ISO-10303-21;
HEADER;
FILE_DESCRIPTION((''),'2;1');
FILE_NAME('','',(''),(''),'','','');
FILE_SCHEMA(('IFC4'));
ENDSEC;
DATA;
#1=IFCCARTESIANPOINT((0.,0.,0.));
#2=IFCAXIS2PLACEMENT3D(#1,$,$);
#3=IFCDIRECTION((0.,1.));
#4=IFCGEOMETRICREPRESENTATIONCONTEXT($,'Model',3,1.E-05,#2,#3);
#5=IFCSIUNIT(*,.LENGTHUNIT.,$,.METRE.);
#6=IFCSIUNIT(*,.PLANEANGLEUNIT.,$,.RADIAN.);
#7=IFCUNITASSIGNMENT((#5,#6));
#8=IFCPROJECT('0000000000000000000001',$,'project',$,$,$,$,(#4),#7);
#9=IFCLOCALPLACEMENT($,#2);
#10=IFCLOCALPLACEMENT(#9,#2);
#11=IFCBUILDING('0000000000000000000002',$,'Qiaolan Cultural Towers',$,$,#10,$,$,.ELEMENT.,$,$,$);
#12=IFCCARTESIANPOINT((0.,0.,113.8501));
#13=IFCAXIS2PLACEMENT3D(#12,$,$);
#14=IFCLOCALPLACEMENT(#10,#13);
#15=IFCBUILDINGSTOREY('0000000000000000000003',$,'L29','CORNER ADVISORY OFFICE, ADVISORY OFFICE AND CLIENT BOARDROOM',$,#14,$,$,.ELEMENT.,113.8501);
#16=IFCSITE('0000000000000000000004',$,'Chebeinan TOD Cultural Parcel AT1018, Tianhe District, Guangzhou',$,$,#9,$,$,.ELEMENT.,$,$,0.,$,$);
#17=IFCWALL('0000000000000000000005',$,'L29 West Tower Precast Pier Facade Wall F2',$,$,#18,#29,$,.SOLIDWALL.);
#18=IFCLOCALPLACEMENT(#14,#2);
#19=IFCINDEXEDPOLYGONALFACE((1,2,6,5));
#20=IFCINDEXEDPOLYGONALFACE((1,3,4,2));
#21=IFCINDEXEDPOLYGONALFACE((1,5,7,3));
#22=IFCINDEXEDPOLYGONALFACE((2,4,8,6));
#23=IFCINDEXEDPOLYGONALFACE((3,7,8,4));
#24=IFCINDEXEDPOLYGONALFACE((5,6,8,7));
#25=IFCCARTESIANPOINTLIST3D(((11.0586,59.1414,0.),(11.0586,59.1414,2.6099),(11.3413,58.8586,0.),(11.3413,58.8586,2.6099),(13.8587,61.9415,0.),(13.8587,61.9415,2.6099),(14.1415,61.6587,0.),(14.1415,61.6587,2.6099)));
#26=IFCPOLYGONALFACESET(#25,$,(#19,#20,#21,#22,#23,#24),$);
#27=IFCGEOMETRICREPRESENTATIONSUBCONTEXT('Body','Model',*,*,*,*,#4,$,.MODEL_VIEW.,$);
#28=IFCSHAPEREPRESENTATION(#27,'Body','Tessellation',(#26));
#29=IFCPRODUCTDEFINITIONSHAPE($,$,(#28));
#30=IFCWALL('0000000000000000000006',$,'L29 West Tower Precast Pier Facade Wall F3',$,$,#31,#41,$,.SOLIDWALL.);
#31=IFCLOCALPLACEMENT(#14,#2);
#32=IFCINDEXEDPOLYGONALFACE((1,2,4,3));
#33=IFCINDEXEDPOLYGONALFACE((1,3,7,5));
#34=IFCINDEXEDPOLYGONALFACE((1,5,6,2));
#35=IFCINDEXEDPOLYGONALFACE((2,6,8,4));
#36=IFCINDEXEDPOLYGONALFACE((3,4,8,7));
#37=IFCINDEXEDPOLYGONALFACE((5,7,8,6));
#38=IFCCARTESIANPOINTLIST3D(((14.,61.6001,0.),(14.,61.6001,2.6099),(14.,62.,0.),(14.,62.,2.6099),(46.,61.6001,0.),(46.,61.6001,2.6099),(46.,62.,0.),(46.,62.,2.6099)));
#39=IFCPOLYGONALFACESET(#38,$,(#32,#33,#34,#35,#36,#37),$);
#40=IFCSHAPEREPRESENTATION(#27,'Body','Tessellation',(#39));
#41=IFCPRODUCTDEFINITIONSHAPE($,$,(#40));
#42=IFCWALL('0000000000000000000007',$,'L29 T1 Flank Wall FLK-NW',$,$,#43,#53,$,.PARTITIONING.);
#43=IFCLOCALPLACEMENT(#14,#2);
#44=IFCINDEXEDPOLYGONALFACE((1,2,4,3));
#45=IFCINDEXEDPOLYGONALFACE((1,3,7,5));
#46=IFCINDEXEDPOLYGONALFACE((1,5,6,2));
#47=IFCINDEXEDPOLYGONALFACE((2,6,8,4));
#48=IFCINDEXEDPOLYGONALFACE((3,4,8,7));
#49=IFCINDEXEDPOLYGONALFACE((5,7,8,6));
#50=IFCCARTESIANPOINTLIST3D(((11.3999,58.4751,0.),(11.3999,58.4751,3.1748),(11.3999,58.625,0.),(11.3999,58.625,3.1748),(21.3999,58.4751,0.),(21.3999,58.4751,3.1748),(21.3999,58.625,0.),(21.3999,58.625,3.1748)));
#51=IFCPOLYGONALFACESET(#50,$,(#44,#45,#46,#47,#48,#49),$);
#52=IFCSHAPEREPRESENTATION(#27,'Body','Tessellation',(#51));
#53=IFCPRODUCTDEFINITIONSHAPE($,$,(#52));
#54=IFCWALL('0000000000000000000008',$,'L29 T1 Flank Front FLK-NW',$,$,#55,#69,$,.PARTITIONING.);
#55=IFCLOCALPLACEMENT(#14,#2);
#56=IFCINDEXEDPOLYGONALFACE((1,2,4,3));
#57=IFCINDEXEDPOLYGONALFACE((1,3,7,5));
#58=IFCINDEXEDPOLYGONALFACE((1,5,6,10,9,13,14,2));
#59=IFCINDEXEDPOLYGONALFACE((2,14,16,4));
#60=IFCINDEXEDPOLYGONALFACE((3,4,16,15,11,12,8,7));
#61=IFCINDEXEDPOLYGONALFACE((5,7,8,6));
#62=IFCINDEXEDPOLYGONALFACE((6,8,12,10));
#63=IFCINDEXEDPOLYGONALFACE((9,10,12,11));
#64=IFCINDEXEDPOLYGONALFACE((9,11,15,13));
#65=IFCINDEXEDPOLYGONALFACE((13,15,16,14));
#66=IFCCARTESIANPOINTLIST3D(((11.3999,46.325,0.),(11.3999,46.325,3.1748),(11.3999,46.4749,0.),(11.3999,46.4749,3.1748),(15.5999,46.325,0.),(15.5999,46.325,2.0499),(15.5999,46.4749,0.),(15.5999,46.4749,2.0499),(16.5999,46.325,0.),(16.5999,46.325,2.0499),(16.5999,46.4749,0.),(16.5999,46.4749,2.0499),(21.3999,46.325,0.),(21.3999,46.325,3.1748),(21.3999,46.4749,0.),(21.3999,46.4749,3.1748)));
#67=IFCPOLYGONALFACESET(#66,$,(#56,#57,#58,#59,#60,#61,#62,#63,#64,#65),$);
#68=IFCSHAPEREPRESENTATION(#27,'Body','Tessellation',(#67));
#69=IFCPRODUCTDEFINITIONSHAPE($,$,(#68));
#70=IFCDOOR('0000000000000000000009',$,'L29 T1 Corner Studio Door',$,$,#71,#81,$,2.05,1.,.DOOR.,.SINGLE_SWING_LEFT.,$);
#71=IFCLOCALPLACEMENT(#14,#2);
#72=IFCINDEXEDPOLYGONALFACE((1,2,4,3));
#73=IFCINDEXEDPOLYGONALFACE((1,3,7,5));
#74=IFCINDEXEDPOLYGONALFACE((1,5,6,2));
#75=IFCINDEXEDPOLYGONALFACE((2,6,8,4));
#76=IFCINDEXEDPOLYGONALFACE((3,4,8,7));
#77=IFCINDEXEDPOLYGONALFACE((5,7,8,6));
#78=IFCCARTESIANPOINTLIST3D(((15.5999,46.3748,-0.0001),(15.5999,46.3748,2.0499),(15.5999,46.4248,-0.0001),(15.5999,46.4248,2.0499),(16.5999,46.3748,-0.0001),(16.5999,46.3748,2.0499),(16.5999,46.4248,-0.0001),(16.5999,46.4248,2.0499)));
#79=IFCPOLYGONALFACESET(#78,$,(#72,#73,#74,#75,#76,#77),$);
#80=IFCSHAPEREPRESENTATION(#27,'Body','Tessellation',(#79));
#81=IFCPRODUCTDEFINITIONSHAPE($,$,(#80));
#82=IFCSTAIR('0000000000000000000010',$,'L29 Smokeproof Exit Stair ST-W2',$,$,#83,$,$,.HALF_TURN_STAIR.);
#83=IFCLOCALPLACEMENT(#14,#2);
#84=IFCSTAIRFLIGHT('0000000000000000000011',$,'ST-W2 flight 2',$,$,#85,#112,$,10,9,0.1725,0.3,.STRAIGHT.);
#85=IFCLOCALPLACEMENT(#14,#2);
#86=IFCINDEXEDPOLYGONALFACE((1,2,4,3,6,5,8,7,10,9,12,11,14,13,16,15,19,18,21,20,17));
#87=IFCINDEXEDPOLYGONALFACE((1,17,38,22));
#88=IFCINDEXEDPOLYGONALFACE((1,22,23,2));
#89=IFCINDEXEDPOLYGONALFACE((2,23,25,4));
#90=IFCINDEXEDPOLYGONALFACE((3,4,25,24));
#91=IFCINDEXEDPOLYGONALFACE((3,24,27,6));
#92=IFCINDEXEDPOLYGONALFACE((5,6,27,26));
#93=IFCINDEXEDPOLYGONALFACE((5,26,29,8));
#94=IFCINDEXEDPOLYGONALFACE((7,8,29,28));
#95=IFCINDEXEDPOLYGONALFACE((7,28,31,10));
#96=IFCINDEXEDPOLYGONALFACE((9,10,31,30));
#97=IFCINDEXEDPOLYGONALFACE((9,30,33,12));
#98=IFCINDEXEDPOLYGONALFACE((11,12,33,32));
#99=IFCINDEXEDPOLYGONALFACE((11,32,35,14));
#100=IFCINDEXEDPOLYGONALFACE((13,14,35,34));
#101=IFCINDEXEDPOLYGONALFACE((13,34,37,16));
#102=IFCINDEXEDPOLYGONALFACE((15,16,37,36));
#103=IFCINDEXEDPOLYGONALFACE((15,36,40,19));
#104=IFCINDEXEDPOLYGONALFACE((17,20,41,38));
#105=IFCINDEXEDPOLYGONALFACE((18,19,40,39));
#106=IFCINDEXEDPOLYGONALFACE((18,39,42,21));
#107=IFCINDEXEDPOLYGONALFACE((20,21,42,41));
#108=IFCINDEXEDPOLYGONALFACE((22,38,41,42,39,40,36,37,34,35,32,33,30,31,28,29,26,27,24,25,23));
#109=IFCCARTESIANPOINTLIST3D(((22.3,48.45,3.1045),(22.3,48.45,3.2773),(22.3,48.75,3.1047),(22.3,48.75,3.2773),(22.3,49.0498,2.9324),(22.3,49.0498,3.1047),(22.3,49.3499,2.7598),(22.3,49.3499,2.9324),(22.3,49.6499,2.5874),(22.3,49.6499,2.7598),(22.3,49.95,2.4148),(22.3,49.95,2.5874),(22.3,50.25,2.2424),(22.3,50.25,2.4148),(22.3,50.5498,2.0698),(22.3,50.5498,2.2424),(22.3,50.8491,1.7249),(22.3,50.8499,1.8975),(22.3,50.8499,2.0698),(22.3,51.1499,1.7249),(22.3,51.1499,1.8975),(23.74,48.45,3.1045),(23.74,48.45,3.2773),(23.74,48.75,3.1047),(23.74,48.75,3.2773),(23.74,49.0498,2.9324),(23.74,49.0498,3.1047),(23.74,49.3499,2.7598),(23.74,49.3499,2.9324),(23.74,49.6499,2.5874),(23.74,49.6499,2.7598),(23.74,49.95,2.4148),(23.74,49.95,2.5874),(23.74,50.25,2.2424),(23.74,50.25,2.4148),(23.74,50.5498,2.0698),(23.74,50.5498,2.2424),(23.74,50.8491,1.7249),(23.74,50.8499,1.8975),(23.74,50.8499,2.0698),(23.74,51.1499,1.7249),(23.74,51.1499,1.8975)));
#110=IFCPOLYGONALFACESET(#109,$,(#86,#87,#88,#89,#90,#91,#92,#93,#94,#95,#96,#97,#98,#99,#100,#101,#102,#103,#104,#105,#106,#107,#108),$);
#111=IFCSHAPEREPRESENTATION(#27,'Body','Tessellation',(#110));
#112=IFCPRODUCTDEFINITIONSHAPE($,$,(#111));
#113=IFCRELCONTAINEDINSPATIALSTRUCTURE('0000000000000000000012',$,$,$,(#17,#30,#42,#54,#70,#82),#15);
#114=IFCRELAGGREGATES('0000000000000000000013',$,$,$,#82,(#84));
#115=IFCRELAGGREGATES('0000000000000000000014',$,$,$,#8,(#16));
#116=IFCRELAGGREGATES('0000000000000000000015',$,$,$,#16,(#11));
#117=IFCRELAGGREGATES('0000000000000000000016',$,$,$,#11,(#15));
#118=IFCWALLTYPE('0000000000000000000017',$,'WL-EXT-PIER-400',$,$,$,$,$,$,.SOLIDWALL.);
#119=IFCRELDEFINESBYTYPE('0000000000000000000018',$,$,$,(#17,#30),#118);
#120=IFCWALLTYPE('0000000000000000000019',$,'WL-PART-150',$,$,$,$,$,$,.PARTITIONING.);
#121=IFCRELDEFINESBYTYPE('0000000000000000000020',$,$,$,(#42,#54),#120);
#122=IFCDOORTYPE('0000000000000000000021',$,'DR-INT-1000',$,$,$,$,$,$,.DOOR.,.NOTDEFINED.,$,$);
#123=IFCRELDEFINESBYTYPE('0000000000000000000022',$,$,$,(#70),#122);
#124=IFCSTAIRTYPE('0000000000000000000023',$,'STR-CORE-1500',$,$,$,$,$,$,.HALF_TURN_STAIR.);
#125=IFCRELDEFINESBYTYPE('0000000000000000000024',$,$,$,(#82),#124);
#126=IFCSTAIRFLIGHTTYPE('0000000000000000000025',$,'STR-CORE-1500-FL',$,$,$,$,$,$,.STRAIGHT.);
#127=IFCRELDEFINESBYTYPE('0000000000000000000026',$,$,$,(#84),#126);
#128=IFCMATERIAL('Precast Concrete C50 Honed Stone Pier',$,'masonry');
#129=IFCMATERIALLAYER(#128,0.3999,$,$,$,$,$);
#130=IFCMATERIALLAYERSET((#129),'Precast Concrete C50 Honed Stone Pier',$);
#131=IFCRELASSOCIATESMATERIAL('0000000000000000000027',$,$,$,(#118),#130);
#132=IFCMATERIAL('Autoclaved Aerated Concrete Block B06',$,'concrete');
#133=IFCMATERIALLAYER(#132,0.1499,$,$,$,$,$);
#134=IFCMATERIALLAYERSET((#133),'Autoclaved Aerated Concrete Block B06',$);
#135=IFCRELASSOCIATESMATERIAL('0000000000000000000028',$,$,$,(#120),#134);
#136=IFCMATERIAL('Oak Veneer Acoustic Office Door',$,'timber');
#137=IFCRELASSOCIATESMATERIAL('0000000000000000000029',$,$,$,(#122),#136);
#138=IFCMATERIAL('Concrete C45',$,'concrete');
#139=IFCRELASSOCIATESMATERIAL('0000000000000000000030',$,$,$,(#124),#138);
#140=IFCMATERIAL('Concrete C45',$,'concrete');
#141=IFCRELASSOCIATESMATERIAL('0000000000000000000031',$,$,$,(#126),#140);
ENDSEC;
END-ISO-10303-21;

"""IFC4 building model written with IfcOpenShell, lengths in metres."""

from ifc_helpers import new_model, si_unit, direction, frame, frame_2d, origin, place, context, subcontext, project, spatial, polyline, rectangle, outline, extrude, material, layer, layer_set, type_object, element, fill, aggregate, save


model = new_model("IFC4")

# Units and contexts
model_context = context("Model", 3, precision=1e-05, world=origin(), true_north=direction((0.0, 1.0)))
body_context = subcontext(model_context, "Body", "Model", "MODEL_VIEW")
ifc_project = project(units=[si_unit("LENGTHUNIT", "METRE"), si_unit("PLANEANGLEUNIT", "RADIAN")], contexts=[model_context])

# Site, building, storey
site_placement = place(None, origin())
site = spatial("IfcSite", under=ifc_project, at=site_placement, Name="Chebeinan TOD Cultural Parcel AT1018, Tianhe District, Guangzhou", CompositionType="ELEMENT", RefElevation=0.0)
building_placement = place(site_placement, origin())
building = spatial("IfcBuilding", under=site, at=building_placement, Name="Qiaolan Cultural Towers", CompositionType="ELEMENT")
storey_placement = place(building_placement, frame((0.0, 0.0, 113.8501)))
storey = spatial("IfcBuildingStorey", under=building, at=storey_placement, Name="L29", Description="CORNER ADVISORY OFFICE, ADVISORY OFFICE AND CLIENT BOARDROOM", CompositionType="ELEMENT", Elevation=113.8501)

# Walls
ifc_material_1 = material(Name="Precast Concrete C50 Honed Stone Pier", Category="masonry")
ifc_layer_1 = layer(ifc_material_1, 0.3999)
ifc_layer_set_1 = layer_set([ifc_layer_1], Name="Precast Concrete C50 Honed Stone Pier")
wall_type_1 = type_object("IfcWallType", Name="WL-EXT-PIER-400", PredefinedType="SOLIDWALL", material=ifc_layer_set_1)
wall_1_placement = place(storey_placement, frame((11.2, 59.0, 0.0), z_axis=(0.0, 0.0, 1.0), x_axis=(0.707107, 0.707107, 0.0)))
element("IfcWall", 1, at=wall_1_placement, inside=storey, type_object=wall_type_1, Name="L29 West Tower Precast Pier Facade Wall F2", PredefinedType="SOLIDWALL", context=body_context, shape_type="SweptSolid", body=[
    extrude(rectangle(XDim=3.96, YDim=0.3999, at=frame_2d((1.98, 0.0))), origin(), (0.0, 0.0, 1.0), 2.6099),
])
wall_2_placement = place(storey_placement, frame((14.0, 61.8, 0.0), z_axis=(0.0, 0.0, 1.0), x_axis=(1.0, 0.0, 0.0)))
element("IfcWall", 2, at=wall_2_placement, inside=storey, type_object=wall_type_1, Name="L29 West Tower Precast Pier Facade Wall F3", PredefinedType="SOLIDWALL", context=body_context, shape_type="SweptSolid", body=[
    extrude(rectangle(XDim=32.0, YDim=0.3999, at=frame_2d((16.0, 0.0))), origin(), (0.0, 0.0, 1.0), 2.6099),
])
ifc_material_2 = material(Name="Autoclaved Aerated Concrete Block B06", Category="concrete")
ifc_layer_2 = layer(ifc_material_2, 0.1499)
ifc_layer_set_2 = layer_set([ifc_layer_2], Name="Autoclaved Aerated Concrete Block B06")
wall_type_2 = type_object("IfcWallType", Name="WL-PART-150", PredefinedType="PARTITIONING", material=ifc_layer_set_2)
wall_3_placement = place(storey_placement, frame((11.3999, 58.55, 0.0), z_axis=(0.0, 0.0, 1.0), x_axis=(1.0, 0.0, 0.0)))
element("IfcWall", 3, at=wall_3_placement, inside=storey, type_object=wall_type_2, Name="L29 T1 Flank Wall FLK-NW", PredefinedType="PARTITIONING", context=body_context, shape_type="SweptSolid", body=[
    extrude(rectangle(XDim=10.0, YDim=0.1499, at=frame_2d((5.0, 0.0))), origin(), (0.0, 0.0, 1.0), 3.1748),
])

# Wall, opening, door
wall_4_placement = place(storey_placement, frame((11.3999, 46.3999, 0.0), z_axis=(0.0, 0.0, 1.0), x_axis=(1.0, 0.0, 0.0)))
wall_4 = element("IfcWall", 4, at=wall_4_placement, inside=storey, type_object=wall_type_2, Name="L29 T1 Flank Front FLK-NW", PredefinedType="PARTITIONING", context=body_context, shape_type="SweptSolid", body=[
    extrude(rectangle(XDim=10.0, YDim=0.1499, at=frame_2d((5.0, 0.0))), origin(), (0.0, 0.0, 1.0), 3.1748),
])
opening_placement = place(wall_4_placement, frame((4.2, 0.0, 0.0)))
opening = element("IfcOpeningElement", 5, at=opening_placement, cuts=wall_4, PredefinedType="OPENING", context=body_context, shape_type="SweptSolid", body=[
    extrude(rectangle(XDim=1.0, YDim=2.05, at=frame_2d((0.5, 1.0249))), frame((0.0, 0.085, 0.0), z_axis=(0.0, -1.0, 0.0), x_axis=(1.0, 0.0, 0.0)), (0.0, 0.0, 1.0), 0.1699),
])
ifc_material_3 = material(Name="Oak Veneer Acoustic Office Door", Category="timber")
door_type = type_object("IfcDoorType", Name="DR-INT-1000", OperationType="NOTDEFINED", PredefinedType="DOOR", material=ifc_material_3)
door_placement = place(opening_placement, origin())
door = element("IfcDoor", 6, at=door_placement, inside=storey, type_object=door_type, Name="L29 T1 Corner Studio Door", OperationType="SINGLE_SWING_LEFT", OverallHeight=2.05, OverallWidth=1.0, PredefinedType="DOOR", context=body_context, shape_type="SweptSolid", body=[
    extrude(rectangle(XDim=1.0, YDim=2.05, at=frame_2d((0.5, 1.0249))), frame((0.0, 0.0249, 0.0), z_axis=(0.0, -1.0, 0.0), x_axis=(1.0, 0.0, 0.0)), (0.0, 0.0, 1.0), 0.05),
])
fill(opening, door)

# Stair, stair flight
ifc_material_4 = material(Name="Concrete C45", Category="concrete")
stair_type = type_object("IfcStairType", Name="STR-CORE-1500", PredefinedType="HALF_TURN_STAIR", material=ifc_material_4)
stair_placement = place(storey_placement, origin())
stair = element("IfcStair", 7, at=stair_placement, inside=storey, type_object=stair_type, Name="L29 Smokeproof Exit Stair ST-W2", PredefinedType="HALF_TURN_STAIR")
ifc_material_5 = material(Name="Concrete C45", Category="concrete")
stair_flight_type = type_object("IfcStairFlightType", Name="STR-CORE-1500-FL", PredefinedType="STRAIGHT", material=ifc_material_5)
stair_flight_placement = place(storey_placement, frame((23.02, 51.1499, 1.7249), z_axis=(0.0, 0.0, 1.0), x_axis=(0.0, -1.0, 0.0)))
stair_flight = element("IfcStairFlight", 8, at=stair_flight_placement, type_object=stair_flight_type, Name="ST-W2 flight 2", NumberOfRisers=10, NumberOfTreads=9, PredefinedType="STRAIGHT", RiserHeight=0.1725, TreadLength=0.3, context=body_context, shape_type="SweptSolid", body=[
    extrude(outline(polyline([(0.0, 0.0), (0.0, 0.1726), (0.3, 0.1726), (0.3, 0.345), (0.6001, 0.345), (0.6001, 0.5176), (0.8999, 0.5176), (0.8999, 0.6899), (1.2, 0.6899), (1.2, 0.8625), (1.5, 0.8625), (1.5, 1.0349), (1.8, 1.0349), (1.8, 1.2075), (2.1001, 1.2075), (2.1001, 1.3799), (2.3999, 1.3799), (2.3999, 1.5525), (2.7, 1.5525), (2.7, 1.7251), (2.7, 1.3796), (0.3008, 0.0), (0.0, 0.0)])), frame((0.0, 0.72, 0.0), z_axis=(0.0, -1.0, 0.0), x_axis=(1.0, 0.0, 0.0)), (0.0, 0.0, 1.0), 1.4399),
])
aggregate(stair, [stair_flight])

save(model, "model.ifc")
